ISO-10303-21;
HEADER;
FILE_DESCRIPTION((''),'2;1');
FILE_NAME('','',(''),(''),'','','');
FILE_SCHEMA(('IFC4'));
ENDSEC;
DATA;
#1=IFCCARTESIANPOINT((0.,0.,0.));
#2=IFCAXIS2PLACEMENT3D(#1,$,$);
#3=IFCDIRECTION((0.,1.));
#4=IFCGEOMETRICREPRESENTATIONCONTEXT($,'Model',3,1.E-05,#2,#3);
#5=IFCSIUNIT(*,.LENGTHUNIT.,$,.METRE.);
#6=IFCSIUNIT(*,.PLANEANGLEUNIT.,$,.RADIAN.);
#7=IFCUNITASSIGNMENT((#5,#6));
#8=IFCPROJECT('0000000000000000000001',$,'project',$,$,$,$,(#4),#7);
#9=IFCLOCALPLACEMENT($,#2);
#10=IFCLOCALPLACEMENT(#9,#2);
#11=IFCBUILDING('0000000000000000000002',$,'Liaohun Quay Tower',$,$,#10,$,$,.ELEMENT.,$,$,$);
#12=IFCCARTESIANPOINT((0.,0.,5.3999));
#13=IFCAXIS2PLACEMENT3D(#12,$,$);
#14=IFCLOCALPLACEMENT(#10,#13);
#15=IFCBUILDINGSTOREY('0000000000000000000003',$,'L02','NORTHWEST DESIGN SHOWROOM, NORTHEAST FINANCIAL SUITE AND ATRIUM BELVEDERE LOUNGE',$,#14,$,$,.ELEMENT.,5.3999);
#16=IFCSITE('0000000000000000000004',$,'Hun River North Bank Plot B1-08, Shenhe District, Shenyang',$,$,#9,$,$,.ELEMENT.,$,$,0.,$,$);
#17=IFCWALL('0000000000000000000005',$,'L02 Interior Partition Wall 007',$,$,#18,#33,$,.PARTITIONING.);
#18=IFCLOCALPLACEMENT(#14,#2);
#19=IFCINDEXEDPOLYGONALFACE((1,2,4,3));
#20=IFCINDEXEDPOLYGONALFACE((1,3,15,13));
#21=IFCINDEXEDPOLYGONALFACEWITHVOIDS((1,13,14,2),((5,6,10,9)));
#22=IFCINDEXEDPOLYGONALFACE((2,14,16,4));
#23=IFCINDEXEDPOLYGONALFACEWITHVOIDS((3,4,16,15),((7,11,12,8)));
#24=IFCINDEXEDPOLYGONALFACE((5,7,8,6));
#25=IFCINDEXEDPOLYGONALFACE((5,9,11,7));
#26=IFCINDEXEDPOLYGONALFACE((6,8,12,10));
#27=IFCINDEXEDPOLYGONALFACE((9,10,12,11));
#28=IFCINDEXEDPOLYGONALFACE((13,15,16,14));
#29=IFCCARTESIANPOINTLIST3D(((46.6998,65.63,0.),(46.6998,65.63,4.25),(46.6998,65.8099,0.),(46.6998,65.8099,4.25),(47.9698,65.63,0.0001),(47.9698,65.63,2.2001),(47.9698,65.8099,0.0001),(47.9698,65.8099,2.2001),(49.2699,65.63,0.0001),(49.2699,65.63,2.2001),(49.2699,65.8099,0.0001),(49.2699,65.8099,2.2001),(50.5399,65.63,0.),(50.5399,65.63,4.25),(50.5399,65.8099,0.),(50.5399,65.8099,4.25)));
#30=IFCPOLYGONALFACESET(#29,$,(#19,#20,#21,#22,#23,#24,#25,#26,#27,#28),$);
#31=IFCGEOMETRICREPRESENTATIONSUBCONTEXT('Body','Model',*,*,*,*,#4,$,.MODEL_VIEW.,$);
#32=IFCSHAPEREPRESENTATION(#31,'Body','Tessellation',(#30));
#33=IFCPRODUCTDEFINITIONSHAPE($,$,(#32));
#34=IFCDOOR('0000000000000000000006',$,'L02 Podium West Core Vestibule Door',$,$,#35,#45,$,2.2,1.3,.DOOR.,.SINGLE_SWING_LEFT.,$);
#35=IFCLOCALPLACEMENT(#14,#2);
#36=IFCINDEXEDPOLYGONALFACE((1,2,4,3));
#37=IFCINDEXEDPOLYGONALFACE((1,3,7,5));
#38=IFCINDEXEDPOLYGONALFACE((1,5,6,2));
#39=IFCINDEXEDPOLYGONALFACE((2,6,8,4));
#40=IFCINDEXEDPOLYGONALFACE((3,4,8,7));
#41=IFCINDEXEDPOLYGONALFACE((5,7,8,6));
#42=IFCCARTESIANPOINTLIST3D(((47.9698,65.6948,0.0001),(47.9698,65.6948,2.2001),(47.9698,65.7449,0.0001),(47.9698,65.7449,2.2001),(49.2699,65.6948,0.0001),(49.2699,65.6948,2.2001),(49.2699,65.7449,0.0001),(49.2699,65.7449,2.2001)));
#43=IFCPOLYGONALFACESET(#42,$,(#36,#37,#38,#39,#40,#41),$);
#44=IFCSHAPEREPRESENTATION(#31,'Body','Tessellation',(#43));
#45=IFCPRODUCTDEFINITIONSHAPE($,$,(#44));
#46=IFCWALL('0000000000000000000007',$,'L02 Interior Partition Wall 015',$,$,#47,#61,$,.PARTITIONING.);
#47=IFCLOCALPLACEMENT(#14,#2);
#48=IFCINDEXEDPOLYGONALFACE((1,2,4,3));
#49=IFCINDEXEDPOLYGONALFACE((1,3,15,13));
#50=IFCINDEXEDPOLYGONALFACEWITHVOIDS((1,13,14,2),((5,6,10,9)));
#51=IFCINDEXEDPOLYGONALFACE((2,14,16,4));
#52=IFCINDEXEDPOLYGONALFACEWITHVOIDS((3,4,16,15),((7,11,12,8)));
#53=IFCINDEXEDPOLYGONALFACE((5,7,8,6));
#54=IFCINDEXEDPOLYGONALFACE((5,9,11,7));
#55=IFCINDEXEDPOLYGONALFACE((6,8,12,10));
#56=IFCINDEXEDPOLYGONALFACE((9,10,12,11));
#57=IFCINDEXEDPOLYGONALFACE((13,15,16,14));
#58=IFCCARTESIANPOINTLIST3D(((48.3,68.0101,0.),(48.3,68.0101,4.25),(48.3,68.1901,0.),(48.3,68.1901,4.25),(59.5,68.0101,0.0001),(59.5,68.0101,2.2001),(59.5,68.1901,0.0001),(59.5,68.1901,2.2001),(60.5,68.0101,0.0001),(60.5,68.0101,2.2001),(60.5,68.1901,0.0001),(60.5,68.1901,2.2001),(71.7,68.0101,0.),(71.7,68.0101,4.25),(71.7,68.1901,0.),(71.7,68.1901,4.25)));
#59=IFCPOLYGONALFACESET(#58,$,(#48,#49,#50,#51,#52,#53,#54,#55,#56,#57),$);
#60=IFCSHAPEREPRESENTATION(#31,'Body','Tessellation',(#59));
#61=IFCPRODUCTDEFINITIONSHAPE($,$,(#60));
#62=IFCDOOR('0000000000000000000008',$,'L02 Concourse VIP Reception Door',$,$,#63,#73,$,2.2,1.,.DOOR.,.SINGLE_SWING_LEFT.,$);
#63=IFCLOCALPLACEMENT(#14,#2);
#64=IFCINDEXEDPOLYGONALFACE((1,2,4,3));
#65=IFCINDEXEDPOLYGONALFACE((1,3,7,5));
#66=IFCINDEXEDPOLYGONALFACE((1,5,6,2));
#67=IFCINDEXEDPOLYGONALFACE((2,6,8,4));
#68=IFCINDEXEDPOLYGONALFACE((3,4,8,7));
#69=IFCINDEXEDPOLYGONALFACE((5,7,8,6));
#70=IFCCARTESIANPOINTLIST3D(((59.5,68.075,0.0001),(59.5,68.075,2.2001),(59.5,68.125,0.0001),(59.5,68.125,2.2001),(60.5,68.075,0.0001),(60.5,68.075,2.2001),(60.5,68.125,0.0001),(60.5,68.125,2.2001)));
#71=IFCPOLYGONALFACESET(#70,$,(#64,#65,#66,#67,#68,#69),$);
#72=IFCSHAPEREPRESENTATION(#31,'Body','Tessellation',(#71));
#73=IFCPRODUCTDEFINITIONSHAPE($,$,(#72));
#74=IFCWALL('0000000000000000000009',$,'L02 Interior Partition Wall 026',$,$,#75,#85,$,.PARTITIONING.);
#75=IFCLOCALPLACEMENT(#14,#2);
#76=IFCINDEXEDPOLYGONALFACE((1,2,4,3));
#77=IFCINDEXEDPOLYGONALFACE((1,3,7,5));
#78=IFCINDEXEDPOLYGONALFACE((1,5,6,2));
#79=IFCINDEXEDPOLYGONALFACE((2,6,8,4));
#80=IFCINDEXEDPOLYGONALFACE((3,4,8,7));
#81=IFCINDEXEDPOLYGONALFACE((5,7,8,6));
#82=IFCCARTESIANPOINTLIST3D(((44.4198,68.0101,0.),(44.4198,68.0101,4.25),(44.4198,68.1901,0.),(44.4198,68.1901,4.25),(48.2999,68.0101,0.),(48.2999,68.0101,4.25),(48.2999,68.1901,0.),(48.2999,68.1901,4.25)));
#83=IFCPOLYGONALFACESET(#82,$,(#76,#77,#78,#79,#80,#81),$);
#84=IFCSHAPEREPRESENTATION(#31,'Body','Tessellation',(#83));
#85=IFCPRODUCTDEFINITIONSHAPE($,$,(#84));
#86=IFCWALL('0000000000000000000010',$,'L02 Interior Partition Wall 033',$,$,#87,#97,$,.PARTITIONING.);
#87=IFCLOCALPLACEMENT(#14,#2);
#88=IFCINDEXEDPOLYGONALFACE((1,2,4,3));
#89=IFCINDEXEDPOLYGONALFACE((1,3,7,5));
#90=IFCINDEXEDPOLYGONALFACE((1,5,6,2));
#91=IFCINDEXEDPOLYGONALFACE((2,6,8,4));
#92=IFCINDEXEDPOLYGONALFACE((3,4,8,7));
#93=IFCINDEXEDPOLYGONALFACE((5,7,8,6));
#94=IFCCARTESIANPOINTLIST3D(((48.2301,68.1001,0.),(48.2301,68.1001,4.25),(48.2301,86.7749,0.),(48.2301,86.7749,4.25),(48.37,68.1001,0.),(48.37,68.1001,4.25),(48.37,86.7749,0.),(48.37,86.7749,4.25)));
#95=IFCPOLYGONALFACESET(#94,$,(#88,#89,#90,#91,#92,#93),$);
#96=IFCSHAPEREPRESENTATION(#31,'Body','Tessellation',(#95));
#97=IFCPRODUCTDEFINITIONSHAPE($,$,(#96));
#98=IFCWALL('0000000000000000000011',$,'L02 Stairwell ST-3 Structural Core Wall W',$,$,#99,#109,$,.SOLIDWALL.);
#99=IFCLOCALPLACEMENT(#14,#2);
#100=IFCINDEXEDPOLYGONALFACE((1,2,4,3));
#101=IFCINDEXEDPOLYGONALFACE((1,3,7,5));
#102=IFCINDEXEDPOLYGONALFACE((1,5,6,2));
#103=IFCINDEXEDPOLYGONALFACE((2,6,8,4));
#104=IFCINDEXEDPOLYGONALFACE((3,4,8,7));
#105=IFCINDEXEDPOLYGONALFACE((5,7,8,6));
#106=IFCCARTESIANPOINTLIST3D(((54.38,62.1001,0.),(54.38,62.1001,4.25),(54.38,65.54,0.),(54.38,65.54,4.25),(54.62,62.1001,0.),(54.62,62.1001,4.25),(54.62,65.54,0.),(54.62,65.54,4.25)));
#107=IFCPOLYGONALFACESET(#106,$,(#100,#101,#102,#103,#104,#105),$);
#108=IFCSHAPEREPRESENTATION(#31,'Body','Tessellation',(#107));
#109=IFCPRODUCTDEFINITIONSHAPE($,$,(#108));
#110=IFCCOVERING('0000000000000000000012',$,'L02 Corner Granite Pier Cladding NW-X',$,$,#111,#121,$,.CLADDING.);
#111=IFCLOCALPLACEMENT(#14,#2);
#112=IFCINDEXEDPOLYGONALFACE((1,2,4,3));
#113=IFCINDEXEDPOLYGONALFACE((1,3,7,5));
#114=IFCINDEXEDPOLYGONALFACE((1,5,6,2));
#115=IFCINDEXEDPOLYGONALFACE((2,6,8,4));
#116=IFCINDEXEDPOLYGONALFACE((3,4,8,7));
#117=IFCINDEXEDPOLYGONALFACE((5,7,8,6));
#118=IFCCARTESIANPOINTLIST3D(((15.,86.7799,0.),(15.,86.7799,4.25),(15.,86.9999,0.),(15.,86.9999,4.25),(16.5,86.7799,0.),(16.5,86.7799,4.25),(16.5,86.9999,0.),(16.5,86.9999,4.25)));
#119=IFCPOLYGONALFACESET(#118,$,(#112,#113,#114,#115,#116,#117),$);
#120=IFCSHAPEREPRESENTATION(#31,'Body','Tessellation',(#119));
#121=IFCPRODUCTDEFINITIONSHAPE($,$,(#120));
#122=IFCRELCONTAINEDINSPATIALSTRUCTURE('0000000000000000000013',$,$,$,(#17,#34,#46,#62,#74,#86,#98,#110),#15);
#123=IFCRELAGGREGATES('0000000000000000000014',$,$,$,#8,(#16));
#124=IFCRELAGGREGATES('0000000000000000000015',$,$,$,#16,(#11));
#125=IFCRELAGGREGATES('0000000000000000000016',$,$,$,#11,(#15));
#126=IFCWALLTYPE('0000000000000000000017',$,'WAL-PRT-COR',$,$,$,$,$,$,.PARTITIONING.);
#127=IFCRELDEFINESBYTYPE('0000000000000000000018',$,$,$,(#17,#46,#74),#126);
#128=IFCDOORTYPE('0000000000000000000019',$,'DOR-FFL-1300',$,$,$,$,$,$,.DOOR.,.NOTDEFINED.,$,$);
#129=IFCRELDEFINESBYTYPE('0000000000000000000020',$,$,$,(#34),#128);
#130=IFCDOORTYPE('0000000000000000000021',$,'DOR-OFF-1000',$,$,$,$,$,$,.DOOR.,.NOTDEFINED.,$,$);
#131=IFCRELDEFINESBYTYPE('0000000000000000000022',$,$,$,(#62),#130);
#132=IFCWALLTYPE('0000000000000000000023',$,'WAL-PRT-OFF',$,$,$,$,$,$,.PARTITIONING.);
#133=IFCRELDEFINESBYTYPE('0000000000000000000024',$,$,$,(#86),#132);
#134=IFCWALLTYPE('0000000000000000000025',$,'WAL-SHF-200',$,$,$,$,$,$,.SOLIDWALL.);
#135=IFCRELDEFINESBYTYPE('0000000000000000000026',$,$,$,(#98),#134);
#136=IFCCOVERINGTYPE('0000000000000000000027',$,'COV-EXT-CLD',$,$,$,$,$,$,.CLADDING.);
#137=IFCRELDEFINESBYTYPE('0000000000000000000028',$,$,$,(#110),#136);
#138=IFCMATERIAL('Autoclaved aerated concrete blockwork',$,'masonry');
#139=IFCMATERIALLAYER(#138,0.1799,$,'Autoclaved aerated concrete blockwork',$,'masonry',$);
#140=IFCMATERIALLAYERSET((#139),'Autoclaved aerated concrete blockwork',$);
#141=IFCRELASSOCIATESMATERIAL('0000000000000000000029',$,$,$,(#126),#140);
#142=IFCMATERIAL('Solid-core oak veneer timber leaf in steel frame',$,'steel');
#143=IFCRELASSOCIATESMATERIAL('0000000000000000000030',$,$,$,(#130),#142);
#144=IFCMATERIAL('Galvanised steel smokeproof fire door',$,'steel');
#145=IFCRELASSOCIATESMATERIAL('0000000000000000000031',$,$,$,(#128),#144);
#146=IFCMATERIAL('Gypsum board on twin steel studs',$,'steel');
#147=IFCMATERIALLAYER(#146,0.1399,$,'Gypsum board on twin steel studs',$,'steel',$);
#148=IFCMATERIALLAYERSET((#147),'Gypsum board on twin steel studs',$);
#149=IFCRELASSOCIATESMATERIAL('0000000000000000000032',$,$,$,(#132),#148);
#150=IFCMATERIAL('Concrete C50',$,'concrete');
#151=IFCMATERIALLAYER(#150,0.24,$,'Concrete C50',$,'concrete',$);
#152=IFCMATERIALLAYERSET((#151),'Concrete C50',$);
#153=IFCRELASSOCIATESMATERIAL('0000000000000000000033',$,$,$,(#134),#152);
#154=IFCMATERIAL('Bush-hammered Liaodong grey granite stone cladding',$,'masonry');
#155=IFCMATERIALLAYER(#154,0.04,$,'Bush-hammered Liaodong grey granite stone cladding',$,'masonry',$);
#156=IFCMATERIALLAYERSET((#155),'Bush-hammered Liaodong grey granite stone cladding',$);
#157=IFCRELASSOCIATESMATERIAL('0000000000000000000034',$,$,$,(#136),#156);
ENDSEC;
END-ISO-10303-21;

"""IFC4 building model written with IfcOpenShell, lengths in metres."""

from ifc_helpers import new_model, si_unit, direction, frame, frame_2d, origin, origin_2d, place, context, subcontext, project, spatial, rectangle, extrude, source, transform, mapped, material, layer, layer_set, type_object, element, fill, save


model = new_model("IFC4")

# Units and contexts
model_context = context("Model", 3, precision=1e-05, world=origin(), true_north=direction((0.0, 1.0)))
body_context = subcontext(model_context, "Body", "Model", "MODEL_VIEW")
ifc_project = project(units=[si_unit("LENGTHUNIT", "METRE"), si_unit("PLANEANGLEUNIT", "RADIAN")], contexts=[model_context])

# Site, building, storey
site_placement = place(None, origin())
site = spatial("IfcSite", under=ifc_project, at=site_placement, Name="Hun River North Bank Plot B1-08, Shenhe District, Shenyang", CompositionType="ELEMENT", RefElevation=0.0)
building_placement = place(site_placement, origin())
building = spatial("IfcBuilding", under=site, at=building_placement, Name="Liaohun Quay Tower", CompositionType="ELEMENT")
storey_placement = place(building_placement, frame((0.0, 0.0, 5.3999)))
storey = spatial("IfcBuildingStorey", under=building, at=storey_placement, Name="L02", Description="NORTHWEST DESIGN SHOWROOM, NORTHEAST FINANCIAL SUITE AND ATRIUM BELVEDERE LOUNGE", CompositionType="ELEMENT", Elevation=5.3999)

# Walls, openings, doors
ifc_material_1 = material(Name="Autoclaved aerated concrete blockwork", Category="masonry")
ifc_layer_1 = layer(ifc_material_1, 0.1799, Name="Autoclaved aerated concrete blockwork", Category="masonry")
ifc_layer_set_1 = layer_set([ifc_layer_1], Name="Autoclaved aerated concrete blockwork")
wall_type_1 = type_object("IfcWallType", Name="WAL-PRT-COR", PredefinedType="PARTITIONING", material=ifc_layer_set_1)
shared_shape_1 = source(origin(), body_context, "Body", "SweptSolid", [
    extrude(rectangle(XDim=1.0, YDim=2.2, at=frame_2d((0.5, 1.1001))), frame((0.0, 0.0999, 0.0), z_axis=(0.0, -1.0, 0.0), x_axis=(1.0, 0.0, 0.0)), (0.0, 0.0, 1.0), 0.2),
])
ifc_material_2 = material(Name="Solid-core oak veneer timber leaf in steel frame", Category="steel")
door_type_1 = type_object("IfcDoorType", Name="DOR-OFF-1000", OperationType="NOTDEFINED", PredefinedType="DOOR", material=ifc_material_2)
shared_shape_2 = source(origin(), body_context, "Body", "SweptSolid", [
    extrude(rectangle(XDim=1.0, YDim=2.2, at=frame_2d((0.5, 1.1001))), frame((0.0, 0.0249, 0.0), z_axis=(0.0, -1.0, 0.0), x_axis=(1.0, 0.0, 0.0)), (0.0, 0.0, 1.0), 0.05),
])
wall_1_placement = place(storey_placement, frame((46.7, 65.72, 0.0), z_axis=(0.0, 0.0, 1.0), x_axis=(1.0, 0.0, 0.0)))
wall_1 = element("IfcWall", 1, at=wall_1_placement, inside=storey, type_object=wall_type_1, Name="L02 Interior Partition Wall 007", PredefinedType="PARTITIONING", context=body_context, shape_type="SweptSolid", body=[
    extrude(rectangle(XDim=3.8401, YDim=0.1799, at=frame_2d((1.9199, 0.0))), origin(), (0.0, 0.0, 1.0), 4.25),
])
shared_shape_3 = source(origin(), body_context, "Body", "SweptSolid", [
    extrude(rectangle(XDim=1.3, YDim=2.2, at=frame_2d((0.6499, 1.1001))), frame((0.0, 0.0999, 0.0), z_axis=(0.0, -1.0, 0.0), x_axis=(1.0, 0.0, 0.0)), (0.0, 0.0, 1.0), 0.2),
])
opening_1_placement = place(wall_1_placement, frame((1.27, 0.0, 0.0)))
opening_1 = element("IfcOpeningElement", 2, at=opening_1_placement, cuts=wall_1, PredefinedType="OPENING", context=body_context, shape_type="MappedRepresentation", body=[
    mapped(shared_shape_3, transform((0.0, 0.0, 0.0), x_axis=(1.0, 0.0, 0.0), y_axis=(0.0, 1.0, 0.0), z_axis=(0.0, 0.0, 1.0), scale=1.0)),
])
ifc_material_3 = material(Name="Galvanised steel smokeproof fire door", Category="steel")
door_type_2 = type_object("IfcDoorType", Name="DOR-FFL-1300", OperationType="NOTDEFINED", PredefinedType="DOOR", material=ifc_material_3)
shared_shape_4 = source(origin(), body_context, "Body", "SweptSolid", [
    extrude(rectangle(XDim=1.3, YDim=2.2, at=frame_2d((0.6499, 1.1001))), frame((0.0, 0.0249, 0.0), z_axis=(0.0, -1.0, 0.0), x_axis=(1.0, 0.0, 0.0)), (0.0, 0.0, 1.0), 0.05),
])
door_1_placement = place(opening_1_placement, origin())
door_1 = element("IfcDoor", 3, at=door_1_placement, inside=storey, type_object=door_type_2, Name="L02 Podium West Core Vestibule Door", OperationType="SINGLE_SWING_LEFT", OverallHeight=2.2, OverallWidth=1.3, PredefinedType="DOOR", context=body_context, shape_type="MappedRepresentation", body=[
    mapped(shared_shape_4, transform((0.0, 0.0, 0.0), x_axis=(1.0, 0.0, 0.0), y_axis=(0.0, 1.0, 0.0), z_axis=(0.0, 0.0, 1.0), scale=1.0)),
])
fill(opening_1, door_1)
wall_2_placement = place(storey_placement, frame((48.3, 68.1001, 0.0), z_axis=(0.0, 0.0, 1.0), x_axis=(1.0, 0.0, 0.0)))
wall_2 = element("IfcWall", 4, at=wall_2_placement, inside=storey, type_object=wall_type_1, Name="L02 Interior Partition Wall 015", PredefinedType="PARTITIONING", context=body_context, shape_type="SweptSolid", body=[
    extrude(rectangle(XDim=23.3999, YDim=0.1799, at=frame_2d((11.7, 0.0))), origin(), (0.0, 0.0, 1.0), 4.25),
])
opening_2_placement = place(wall_2_placement, frame((11.2, 0.0, 0.0)))
opening_2 = element("IfcOpeningElement", 5, at=opening_2_placement, cuts=wall_2, PredefinedType="OPENING", context=body_context, shape_type="MappedRepresentation", body=[
    mapped(shared_shape_1, transform((0.0, 0.0, 0.0), x_axis=(1.0, 0.0, 0.0), y_axis=(0.0, 1.0, 0.0), z_axis=(0.0, 0.0, 1.0), scale=1.0)),
])
door_2_placement = place(opening_2_placement, origin())
door_2 = element("IfcDoor", 6, at=door_2_placement, inside=storey, type_object=door_type_1, Name="L02 Concourse VIP Reception Door", OperationType="SINGLE_SWING_LEFT", OverallHeight=2.2, OverallWidth=1.0, PredefinedType="DOOR", context=body_context, shape_type="MappedRepresentation", body=[
    mapped(shared_shape_2, transform((0.0, 0.0, 0.0), x_axis=(1.0, 0.0, 0.0), y_axis=(0.0, 1.0, 0.0), z_axis=(0.0, 0.0, 1.0), scale=1.0)),
])
fill(opening_2, door_2)

# Walls
wall_3_placement = place(storey_placement, frame((44.4199, 68.1001, 0.0), z_axis=(0.0, 0.0, 1.0), x_axis=(1.0, 0.0, 0.0)))
element("IfcWall", 7, at=wall_3_placement, inside=storey, type_object=wall_type_1, Name="L02 Interior Partition Wall 026", PredefinedType="PARTITIONING", context=body_context, shape_type="SweptSolid", body=[
    extrude(rectangle(XDim=3.8801, YDim=0.1799, at=frame_2d((1.9399, 0.0))), origin(), (0.0, 0.0, 1.0), 4.25),
])
ifc_material_4 = material(Name="Gypsum board on twin steel studs", Category="steel")
ifc_layer_2 = layer(ifc_material_4, 0.1399, Name="Gypsum board on twin steel studs", Category="steel")
ifc_layer_set_2 = layer_set([ifc_layer_2], Name="Gypsum board on twin steel studs")
wall_type_2 = type_object("IfcWallType", Name="WAL-PRT-OFF", PredefinedType="PARTITIONING", material=ifc_layer_set_2)
wall_4_placement = place(storey_placement, frame((48.3, 68.1001, 0.0), z_axis=(0.0, 0.0, 1.0), x_axis=(0.0, 1.0, 0.0)))
element("IfcWall", 8, at=wall_4_placement, inside=storey, type_object=wall_type_2, Name="L02 Interior Partition Wall 033", PredefinedType="PARTITIONING", context=body_context, shape_type="SweptSolid", body=[
    extrude(rectangle(XDim=18.6748, YDim=0.1399, at=frame_2d((9.3374, 0.0))), origin(), (0.0, 0.0, 1.0), 4.25),
])
ifc_material_5 = material(Name="Concrete C50", Category="concrete")
ifc_layer_3 = layer(ifc_material_5, 0.24, Name="Concrete C50", Category="concrete")
ifc_layer_set_3 = layer_set([ifc_layer_3], Name="Concrete C50")
wall_type_3 = type_object("IfcWallType", Name="WAL-SHF-200", PredefinedType="SOLIDWALL", material=ifc_layer_set_3)
wall_5_placement = place(storey_placement, frame((54.5, 65.54, 0.0), z_axis=(0.0, 0.0, 1.0), x_axis=(0.0, -1.0, 0.0)))
element("IfcWall", 9, at=wall_5_placement, inside=storey, type_object=wall_type_3, Name="L02 Stairwell ST-3 Structural Core Wall W", PredefinedType="SOLIDWALL", context=body_context, shape_type="SweptSolid", body=[
    extrude(rectangle(XDim=3.4399, YDim=0.24, at=frame_2d((1.72, 0.0))), origin(), (0.0, 0.0, 1.0), 4.25),
])

# Covering
ifc_material_6 = material(Name="Bush-hammered Liaodong grey granite stone cladding", Category="masonry")
ifc_layer_4 = layer(ifc_material_6, 0.04, Name="Bush-hammered Liaodong grey granite stone cladding", Category="masonry")
ifc_layer_set_4 = layer_set([ifc_layer_4], Name="Bush-hammered Liaodong grey granite stone cladding")
covering_type = type_object("IfcCoveringType", Name="COV-EXT-CLD", PredefinedType="CLADDING", material=ifc_layer_set_4)
shared_shape_5 = source(origin(), body_context, "Body", "SweptSolid", [
    extrude(rectangle(XDim=1.5, YDim=0.22, at=origin_2d()), origin(), (0.0, 0.0, 1.0), 4.25),
])
covering_placement = place(storey_placement, frame((15.75, 86.8899, 0.0), z_axis=(0.0, 0.0, 1.0), x_axis=(1.0, 0.0, 0.0)))
element("IfcCovering", 10, at=covering_placement, inside=storey, type_object=covering_type, Name="L02 Corner Granite Pier Cladding NW-X", PredefinedType="CLADDING", context=body_context, shape_type="MappedRepresentation", body=[
    mapped(shared_shape_5, transform((0.0, 0.0, 0.0), x_axis=(1.0, 0.0, 0.0), y_axis=(0.0, 1.0, 0.0), z_axis=(0.0, 0.0, 1.0), scale=1.0)),
])

save(model, "model.ifc")
